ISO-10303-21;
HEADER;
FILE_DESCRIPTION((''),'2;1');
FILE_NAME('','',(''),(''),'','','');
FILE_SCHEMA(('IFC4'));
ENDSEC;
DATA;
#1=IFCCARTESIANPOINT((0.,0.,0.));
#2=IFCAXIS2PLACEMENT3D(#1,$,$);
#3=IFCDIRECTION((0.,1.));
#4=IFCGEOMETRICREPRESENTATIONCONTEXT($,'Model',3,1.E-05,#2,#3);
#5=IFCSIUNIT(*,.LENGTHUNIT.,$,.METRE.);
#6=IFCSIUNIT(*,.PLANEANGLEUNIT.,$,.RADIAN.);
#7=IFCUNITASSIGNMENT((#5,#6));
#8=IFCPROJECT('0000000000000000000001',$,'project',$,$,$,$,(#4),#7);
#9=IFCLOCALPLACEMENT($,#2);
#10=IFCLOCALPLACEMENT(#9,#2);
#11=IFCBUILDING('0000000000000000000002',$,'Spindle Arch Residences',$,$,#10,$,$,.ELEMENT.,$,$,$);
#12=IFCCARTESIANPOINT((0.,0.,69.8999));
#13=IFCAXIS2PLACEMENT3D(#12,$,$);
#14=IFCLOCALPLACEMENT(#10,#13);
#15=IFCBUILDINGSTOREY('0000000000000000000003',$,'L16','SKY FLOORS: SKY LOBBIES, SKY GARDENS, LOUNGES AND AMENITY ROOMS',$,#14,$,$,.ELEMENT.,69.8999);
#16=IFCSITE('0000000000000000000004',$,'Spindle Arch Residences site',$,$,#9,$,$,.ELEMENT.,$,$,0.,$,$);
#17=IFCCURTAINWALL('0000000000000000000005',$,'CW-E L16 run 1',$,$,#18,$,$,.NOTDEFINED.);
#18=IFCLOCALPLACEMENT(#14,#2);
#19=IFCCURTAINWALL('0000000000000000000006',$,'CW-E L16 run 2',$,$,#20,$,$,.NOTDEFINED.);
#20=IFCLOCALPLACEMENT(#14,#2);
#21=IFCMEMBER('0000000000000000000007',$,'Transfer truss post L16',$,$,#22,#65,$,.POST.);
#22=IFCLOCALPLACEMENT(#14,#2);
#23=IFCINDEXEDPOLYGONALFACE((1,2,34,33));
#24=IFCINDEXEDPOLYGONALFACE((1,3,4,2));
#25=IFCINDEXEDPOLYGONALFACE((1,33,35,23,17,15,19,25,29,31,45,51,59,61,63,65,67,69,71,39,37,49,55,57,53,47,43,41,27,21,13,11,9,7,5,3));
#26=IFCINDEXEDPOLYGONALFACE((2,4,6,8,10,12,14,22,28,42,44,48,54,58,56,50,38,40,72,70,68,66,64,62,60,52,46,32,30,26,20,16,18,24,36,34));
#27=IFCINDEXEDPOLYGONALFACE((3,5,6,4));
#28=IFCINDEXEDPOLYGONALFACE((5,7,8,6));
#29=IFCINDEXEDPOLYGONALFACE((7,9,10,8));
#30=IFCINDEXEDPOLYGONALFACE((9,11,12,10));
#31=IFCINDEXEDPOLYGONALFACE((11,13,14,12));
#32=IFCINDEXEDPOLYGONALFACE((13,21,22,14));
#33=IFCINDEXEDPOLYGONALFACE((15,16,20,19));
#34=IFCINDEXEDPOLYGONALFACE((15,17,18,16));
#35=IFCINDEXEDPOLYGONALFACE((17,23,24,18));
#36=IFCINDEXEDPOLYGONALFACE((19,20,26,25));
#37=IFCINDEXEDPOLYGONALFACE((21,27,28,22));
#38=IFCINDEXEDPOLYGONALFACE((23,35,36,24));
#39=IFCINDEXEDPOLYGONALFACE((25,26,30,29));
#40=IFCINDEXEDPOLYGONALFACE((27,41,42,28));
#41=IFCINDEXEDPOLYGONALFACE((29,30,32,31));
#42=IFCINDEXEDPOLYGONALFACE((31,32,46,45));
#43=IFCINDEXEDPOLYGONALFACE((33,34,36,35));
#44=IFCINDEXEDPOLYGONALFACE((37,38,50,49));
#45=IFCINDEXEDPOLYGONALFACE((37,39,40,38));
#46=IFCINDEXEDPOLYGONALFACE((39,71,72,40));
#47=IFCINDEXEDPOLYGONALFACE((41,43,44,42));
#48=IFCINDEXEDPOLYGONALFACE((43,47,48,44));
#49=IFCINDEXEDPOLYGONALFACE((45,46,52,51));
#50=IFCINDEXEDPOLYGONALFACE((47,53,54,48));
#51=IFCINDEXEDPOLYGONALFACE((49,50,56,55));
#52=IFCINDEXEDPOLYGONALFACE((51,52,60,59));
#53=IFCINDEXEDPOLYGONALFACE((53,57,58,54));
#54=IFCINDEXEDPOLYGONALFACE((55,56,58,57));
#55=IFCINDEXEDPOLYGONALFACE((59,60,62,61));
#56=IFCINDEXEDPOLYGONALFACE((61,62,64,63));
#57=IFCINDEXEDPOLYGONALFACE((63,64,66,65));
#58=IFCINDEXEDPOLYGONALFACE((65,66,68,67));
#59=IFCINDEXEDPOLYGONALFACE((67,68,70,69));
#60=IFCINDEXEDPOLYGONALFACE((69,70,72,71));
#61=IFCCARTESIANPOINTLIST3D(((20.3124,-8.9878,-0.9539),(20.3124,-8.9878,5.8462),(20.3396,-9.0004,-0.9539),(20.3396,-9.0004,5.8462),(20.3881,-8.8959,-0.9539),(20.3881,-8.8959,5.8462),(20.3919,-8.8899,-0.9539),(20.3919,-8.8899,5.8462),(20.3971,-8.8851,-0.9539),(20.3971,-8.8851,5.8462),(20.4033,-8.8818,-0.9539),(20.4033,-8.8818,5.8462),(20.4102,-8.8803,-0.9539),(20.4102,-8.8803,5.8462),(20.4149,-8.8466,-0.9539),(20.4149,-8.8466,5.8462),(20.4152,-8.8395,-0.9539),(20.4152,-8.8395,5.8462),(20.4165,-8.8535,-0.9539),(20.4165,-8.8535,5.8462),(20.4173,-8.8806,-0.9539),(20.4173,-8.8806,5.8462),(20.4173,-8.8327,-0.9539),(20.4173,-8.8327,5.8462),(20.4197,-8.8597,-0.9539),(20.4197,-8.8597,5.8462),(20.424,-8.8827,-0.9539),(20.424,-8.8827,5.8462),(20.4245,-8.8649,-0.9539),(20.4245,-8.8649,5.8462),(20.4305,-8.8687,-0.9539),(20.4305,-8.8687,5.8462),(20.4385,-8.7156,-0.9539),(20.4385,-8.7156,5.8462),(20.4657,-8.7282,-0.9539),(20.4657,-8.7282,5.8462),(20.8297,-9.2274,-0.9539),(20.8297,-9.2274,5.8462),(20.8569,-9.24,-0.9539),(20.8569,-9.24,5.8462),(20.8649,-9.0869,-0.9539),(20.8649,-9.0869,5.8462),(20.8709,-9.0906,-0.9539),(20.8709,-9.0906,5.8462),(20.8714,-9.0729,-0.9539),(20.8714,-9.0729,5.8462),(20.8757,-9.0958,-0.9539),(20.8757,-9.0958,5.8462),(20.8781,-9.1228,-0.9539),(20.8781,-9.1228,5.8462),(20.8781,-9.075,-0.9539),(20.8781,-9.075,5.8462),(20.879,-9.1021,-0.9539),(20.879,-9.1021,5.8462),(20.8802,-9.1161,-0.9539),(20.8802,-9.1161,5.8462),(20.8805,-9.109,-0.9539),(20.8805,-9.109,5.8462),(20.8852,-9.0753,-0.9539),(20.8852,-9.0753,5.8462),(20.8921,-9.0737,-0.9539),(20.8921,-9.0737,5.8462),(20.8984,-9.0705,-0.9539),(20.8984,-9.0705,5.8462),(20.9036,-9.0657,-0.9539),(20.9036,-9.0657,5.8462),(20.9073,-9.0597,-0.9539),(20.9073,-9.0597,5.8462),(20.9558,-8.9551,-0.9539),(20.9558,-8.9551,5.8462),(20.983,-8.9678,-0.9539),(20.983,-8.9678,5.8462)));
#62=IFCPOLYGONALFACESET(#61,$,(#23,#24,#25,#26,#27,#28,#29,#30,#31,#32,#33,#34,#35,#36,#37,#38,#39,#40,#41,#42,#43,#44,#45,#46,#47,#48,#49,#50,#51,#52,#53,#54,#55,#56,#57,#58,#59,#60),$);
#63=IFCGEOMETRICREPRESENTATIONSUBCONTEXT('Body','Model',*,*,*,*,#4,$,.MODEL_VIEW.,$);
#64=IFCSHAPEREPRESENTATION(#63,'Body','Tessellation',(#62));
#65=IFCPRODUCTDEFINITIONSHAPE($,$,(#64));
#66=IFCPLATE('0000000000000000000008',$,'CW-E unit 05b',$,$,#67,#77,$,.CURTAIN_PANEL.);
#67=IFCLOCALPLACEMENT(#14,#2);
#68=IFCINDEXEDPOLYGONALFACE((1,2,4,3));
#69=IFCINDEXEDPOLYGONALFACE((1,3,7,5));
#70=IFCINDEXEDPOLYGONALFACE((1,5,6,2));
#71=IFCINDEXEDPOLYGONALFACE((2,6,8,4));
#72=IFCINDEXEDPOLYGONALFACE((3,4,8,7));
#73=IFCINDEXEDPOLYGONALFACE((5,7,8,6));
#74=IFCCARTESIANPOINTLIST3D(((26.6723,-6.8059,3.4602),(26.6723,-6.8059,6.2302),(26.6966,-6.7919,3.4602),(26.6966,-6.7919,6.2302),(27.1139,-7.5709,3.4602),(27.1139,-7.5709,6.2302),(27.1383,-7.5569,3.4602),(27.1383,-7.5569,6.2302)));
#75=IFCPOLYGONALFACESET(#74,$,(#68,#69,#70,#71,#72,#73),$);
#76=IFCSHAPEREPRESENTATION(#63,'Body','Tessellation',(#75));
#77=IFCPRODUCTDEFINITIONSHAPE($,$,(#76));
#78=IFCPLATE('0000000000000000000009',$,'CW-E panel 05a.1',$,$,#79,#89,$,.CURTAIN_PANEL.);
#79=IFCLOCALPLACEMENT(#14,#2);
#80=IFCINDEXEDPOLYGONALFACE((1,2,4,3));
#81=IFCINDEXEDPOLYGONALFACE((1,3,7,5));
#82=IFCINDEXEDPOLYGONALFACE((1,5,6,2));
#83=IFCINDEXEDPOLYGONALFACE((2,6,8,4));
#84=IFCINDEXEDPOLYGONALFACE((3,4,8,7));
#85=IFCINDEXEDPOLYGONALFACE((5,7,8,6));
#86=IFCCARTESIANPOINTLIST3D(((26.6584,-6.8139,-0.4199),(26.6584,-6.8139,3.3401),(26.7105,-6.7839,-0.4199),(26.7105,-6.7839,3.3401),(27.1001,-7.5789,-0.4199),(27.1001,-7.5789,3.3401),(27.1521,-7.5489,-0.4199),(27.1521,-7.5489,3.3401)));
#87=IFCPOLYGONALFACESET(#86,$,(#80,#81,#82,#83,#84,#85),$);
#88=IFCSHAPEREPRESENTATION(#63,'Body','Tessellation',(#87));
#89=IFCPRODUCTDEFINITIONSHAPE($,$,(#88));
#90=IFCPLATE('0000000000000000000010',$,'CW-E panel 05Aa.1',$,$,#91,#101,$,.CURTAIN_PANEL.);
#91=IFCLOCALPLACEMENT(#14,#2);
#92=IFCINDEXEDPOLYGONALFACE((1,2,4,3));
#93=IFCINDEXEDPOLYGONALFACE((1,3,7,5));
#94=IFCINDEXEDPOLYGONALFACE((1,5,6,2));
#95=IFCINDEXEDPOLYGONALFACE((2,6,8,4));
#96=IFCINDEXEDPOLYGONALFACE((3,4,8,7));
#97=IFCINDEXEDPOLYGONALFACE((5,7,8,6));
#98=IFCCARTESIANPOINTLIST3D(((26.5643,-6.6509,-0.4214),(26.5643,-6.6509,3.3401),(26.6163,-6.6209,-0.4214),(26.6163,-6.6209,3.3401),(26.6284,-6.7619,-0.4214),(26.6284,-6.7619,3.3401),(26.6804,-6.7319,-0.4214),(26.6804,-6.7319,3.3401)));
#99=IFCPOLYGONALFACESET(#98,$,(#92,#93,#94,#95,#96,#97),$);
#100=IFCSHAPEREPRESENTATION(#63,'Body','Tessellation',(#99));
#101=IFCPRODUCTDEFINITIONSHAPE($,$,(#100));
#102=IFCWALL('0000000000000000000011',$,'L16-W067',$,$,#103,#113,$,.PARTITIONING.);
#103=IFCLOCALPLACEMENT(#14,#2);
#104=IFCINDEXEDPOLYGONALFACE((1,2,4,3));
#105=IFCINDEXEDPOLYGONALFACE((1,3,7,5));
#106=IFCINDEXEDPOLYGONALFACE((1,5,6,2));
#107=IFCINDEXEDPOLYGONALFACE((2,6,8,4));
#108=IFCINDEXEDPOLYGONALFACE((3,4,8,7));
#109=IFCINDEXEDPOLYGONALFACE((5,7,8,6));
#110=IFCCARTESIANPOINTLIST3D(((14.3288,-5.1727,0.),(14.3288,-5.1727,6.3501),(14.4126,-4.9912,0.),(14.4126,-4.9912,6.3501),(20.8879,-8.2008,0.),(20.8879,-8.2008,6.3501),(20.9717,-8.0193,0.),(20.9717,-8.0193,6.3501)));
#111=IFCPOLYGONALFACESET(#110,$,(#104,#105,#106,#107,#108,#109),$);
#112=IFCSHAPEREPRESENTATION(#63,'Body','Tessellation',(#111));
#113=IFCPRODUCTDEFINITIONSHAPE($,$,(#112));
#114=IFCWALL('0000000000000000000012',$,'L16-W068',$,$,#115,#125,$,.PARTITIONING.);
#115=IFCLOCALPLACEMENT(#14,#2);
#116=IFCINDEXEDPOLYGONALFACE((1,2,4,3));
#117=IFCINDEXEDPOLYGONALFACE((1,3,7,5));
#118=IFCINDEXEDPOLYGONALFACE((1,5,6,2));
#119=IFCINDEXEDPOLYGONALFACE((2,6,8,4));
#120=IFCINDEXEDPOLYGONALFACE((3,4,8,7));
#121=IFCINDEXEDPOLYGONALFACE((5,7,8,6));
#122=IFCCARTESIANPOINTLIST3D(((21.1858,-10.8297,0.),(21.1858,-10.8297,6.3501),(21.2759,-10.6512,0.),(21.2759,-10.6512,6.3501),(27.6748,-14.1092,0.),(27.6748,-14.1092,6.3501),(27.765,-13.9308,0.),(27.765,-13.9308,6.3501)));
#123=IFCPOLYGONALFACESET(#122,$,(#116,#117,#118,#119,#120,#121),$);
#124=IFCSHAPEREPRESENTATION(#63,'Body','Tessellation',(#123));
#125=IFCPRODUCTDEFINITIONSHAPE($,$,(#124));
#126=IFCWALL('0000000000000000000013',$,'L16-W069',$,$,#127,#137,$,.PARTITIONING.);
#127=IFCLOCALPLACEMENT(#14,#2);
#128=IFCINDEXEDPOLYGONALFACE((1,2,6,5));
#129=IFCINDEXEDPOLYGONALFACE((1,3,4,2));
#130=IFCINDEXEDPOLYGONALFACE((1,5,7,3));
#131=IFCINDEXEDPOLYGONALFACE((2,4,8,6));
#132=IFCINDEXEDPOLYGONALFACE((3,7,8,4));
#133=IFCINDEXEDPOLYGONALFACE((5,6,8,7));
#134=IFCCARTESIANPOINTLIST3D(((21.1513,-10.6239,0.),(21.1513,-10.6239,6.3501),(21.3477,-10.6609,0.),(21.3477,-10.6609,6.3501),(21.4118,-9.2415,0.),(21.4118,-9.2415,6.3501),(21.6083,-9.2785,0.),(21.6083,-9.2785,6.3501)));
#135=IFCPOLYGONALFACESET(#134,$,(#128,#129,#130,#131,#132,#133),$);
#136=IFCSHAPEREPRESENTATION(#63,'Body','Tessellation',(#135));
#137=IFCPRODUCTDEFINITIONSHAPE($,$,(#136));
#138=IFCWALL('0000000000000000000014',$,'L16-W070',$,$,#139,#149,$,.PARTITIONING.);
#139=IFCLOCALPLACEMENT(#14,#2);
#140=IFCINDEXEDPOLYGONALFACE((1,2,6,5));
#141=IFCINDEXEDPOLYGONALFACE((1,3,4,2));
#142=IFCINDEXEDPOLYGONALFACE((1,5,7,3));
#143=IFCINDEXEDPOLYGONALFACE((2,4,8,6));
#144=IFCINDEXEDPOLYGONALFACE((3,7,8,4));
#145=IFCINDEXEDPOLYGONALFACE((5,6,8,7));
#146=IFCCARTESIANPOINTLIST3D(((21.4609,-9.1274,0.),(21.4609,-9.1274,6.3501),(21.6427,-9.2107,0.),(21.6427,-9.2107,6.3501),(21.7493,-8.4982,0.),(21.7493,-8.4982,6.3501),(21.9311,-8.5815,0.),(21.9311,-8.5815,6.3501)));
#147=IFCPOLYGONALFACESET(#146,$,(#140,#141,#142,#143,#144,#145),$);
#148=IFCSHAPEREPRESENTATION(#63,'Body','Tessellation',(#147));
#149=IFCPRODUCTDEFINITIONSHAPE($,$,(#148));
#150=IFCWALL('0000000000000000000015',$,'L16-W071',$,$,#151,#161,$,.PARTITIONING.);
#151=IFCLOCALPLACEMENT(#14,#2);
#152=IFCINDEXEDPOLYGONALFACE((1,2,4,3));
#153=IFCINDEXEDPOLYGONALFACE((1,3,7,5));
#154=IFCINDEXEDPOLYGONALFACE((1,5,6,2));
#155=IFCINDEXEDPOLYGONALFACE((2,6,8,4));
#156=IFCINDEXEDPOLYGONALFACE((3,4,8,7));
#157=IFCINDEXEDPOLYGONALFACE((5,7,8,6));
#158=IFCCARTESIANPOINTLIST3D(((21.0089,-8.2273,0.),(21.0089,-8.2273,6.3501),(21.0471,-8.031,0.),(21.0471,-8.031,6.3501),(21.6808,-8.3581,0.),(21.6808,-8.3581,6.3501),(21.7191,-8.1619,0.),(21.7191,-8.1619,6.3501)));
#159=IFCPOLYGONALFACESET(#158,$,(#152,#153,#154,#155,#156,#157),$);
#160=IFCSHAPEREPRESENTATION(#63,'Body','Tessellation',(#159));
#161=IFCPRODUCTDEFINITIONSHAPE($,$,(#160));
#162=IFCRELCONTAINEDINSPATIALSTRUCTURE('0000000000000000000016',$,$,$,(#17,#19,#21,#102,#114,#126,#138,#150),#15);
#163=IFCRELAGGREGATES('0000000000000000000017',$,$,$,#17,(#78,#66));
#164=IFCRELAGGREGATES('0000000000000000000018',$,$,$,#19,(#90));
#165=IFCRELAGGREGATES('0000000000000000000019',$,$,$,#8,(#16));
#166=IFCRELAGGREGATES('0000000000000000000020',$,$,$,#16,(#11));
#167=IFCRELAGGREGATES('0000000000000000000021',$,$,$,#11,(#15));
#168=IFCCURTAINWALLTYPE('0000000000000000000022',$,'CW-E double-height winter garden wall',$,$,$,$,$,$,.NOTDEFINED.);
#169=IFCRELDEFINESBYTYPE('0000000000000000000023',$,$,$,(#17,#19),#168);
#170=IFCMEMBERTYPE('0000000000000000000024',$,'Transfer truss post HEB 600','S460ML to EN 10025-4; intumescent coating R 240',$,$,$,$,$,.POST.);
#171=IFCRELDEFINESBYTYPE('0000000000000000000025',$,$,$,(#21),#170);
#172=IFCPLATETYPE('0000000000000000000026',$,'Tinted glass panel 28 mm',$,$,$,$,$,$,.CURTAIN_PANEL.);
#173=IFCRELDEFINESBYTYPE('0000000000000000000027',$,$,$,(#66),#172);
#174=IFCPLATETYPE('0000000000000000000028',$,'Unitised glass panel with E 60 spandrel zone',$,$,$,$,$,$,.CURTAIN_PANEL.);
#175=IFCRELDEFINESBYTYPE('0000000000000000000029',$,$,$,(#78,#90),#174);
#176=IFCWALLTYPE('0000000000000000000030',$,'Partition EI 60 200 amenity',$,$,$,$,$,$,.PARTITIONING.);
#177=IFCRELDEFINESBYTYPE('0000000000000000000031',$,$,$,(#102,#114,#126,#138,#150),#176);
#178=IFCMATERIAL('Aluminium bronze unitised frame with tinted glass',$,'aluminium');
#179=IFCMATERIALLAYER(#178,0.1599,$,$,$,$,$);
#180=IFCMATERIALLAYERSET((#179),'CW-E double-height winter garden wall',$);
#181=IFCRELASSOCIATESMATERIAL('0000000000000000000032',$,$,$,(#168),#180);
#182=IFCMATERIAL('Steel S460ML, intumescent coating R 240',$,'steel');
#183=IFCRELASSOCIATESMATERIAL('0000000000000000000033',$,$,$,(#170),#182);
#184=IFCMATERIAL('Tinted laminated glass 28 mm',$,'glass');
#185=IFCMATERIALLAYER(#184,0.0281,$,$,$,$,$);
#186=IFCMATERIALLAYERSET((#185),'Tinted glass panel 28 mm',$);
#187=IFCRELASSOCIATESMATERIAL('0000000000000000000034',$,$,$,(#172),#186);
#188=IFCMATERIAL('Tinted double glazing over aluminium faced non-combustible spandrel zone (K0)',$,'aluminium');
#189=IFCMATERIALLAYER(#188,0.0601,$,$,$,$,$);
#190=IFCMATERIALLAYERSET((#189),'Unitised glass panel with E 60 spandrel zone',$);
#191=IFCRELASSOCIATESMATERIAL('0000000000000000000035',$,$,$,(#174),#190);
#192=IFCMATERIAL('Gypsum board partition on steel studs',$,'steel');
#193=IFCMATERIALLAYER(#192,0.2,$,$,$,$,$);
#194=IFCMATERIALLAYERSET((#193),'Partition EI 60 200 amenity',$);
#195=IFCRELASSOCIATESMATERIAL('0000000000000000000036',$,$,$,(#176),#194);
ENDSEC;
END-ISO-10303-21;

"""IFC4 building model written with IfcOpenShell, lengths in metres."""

from ifc_helpers import new_model, si_unit, direction, frame, frame_2d, origin, origin_2d, place, context, subcontext, project, spatial, rectangle, i_section, extrude, material, layer, layer_set, material_profile, profile_set, type_object, element, aggregate, save


model = new_model("IFC4")

# Units and contexts
model_context = context("Model", 3, precision=1e-05, world=origin(), true_north=direction((0.0, 1.0)))
body_context = subcontext(model_context, "Body", "Model", "MODEL_VIEW")
ifc_project = project(units=[si_unit("LENGTHUNIT", "METRE"), si_unit("PLANEANGLEUNIT", "RADIAN")], contexts=[model_context])

# Site, building, storey
site_placement = place(None, origin())
site = spatial("IfcSite", under=ifc_project, at=site_placement, Name="Spindle Arch Residences site", CompositionType="ELEMENT", RefElevation=0.0)
building_placement = place(site_placement, origin())
building = spatial("IfcBuilding", under=site, at=building_placement, Name="Spindle Arch Residences", CompositionType="ELEMENT")
storey_placement = place(building_placement, frame((0.0, 0.0, 69.8999)))
storey = spatial("IfcBuildingStorey", under=building, at=storey_placement, Name="L16", Description="SKY FLOORS: SKY LOBBIES, SKY GARDENS, LOUNGES AND AMENITY ROOMS", CompositionType="ELEMENT", Elevation=69.8999)

# Curtain walls
ifc_material_1 = material(Name="Aluminium bronze unitised frame with tinted glass", Category="aluminium")
ifc_layer_1 = layer(ifc_material_1, 0.1599)
ifc_layer_set_1 = layer_set([ifc_layer_1], Name="CW-E double-height winter garden wall")
curtain_wall_type = type_object("IfcCurtainWallType", Name="CW-E double-height winter garden wall", PredefinedType="NOTDEFINED", material=ifc_layer_set_1)
curtain_wall_1_placement = place(storey_placement, origin())
curtain_wall_1 = element("IfcCurtainWall", 1, at=curtain_wall_1_placement, inside=storey, type_object=curtain_wall_type, Name="CW-E L16 run 1", PredefinedType="NOTDEFINED")
curtain_wall_2_placement = place(storey_placement, origin())
curtain_wall_2 = element("IfcCurtainWall", 2, at=curtain_wall_2_placement, inside=storey, type_object=curtain_wall_type, Name="CW-E L16 run 2", PredefinedType="NOTDEFINED")

# Member
ifc_material_2 = material(Name="Steel S460ML, intumescent coating R 240", Category="steel")
ifc_material_profile_1 = material_profile(ifc_material_2, i_section(OverallWidth=0.3, OverallDepth=0.6001, WebThickness=0.0154, FlangeThickness=0.03, FilletRadius=0.0271, at=origin_2d()), Name="HEB 600")
ifc_profile_set_1 = profile_set([ifc_material_profile_1], Name="Steel S460ML, intumescent coating R 240")
member_type_1 = type_object("IfcMemberType", Name="Transfer truss post HEB 600", Description="S460ML to EN 10025-4; intumescent coating R 240", PredefinedType="POST", material=ifc_profile_set_1)
member_1_placement = place(storey_placement, frame((20.6477, -8.9778, -0.9539), z_axis=(0.0, 0.0, 1.0), x_axis=(-0.420263, -0.907402, 0.0)))
element("IfcMember", 3, at=member_1_placement, inside=storey, type_object=member_type_1, Name="Transfer truss post L16", PredefinedType="POST", context=body_context, shape_type="SweptSolid", body=[
    extrude(i_section(OverallWidth=0.3, OverallDepth=0.6001, WebThickness=0.0154, FlangeThickness=0.03, FilletRadius=0.0271, at=origin_2d()), origin(), (0.0, 0.0, 1.0), 6.8),
])

# Plates
ifc_material_3 = material(Name="Tinted laminated glass 28 mm", Category="glass")
ifc_layer_2 = layer(ifc_material_3, 0.0281)
ifc_layer_set_2 = layer_set([ifc_layer_2], Name="Tinted glass panel 28 mm")
plate_type_1 = type_object("IfcPlateType", Name="Tinted glass panel 28 mm", PredefinedType="CURTAIN_PANEL", material=ifc_layer_set_2)
plate_1_placement = place(storey_placement, frame((26.9053, -7.1814, 3.4602), z_axis=(0.0, 0.0, 1.0), x_axis=(-0.5, 0.866025, 0.0)))
plate_1 = element("IfcPlate", 4, at=plate_1_placement, type_object=plate_type_1, Name="CW-E unit 05b", PredefinedType="CURTAIN_PANEL", context=body_context, shape_type="SweptSolid", body=[
    extrude(rectangle(XDim=0.8833, YDim=0.0281, at=origin_2d()), origin(), (0.0, 0.0, 1.0), 2.77),
])
ifc_material_4 = material(Name="Tinted double glazing over aluminium faced non-combustible spandrel zone (K0)", Category="aluminium")
ifc_layer_3 = layer(ifc_material_4, 0.0601)
ifc_layer_set_3 = layer_set([ifc_layer_3], Name="Unitised glass panel with E 60 spandrel zone")
plate_type_2 = type_object("IfcPlateType", Name="Unitised glass panel with E 60 spandrel zone", PredefinedType="CURTAIN_PANEL", material=ifc_layer_set_3)
plate_2_placement = place(storey_placement, frame((26.9053, -7.1814, -0.4199), z_axis=(0.0, 0.0, 1.0), x_axis=(-0.5, 0.866025, 0.0)))
plate_2 = element("IfcPlate", 5, at=plate_2_placement, type_object=plate_type_2, Name="CW-E panel 05a.1", PredefinedType="CURTAIN_PANEL", context=body_context, shape_type="SweptSolid", body=[
    extrude(rectangle(XDim=0.8833, YDim=0.0601, at=origin_2d()), origin(), (0.0, 0.0, 1.0), 3.76),
])
aggregate(curtain_wall_1, [plate_2, plate_1])
plate_3_placement = place(storey_placement, frame((26.6223, -6.6914, -0.4214), z_axis=(0.0, 0.0, 1.0), x_axis=(-0.5, 0.866025, 0.0)))
plate_3 = element("IfcPlate", 6, at=plate_3_placement, type_object=plate_type_2, Name="CW-E panel 05Aa.1", PredefinedType="CURTAIN_PANEL", context=body_context, shape_type="SweptSolid", body=[
    extrude(rectangle(XDim=0.1282, YDim=0.0601, at=origin_2d()), origin(), (0.0, 0.0, 1.0), 3.7615),
])
aggregate(curtain_wall_2, [plate_3])

# Walls
ifc_material_5 = material(Name="Gypsum board partition on steel studs", Category="steel")
ifc_layer_4 = layer(ifc_material_5, 0.2)
ifc_layer_set_4 = layer_set([ifc_layer_4], Name="Partition EI 60 200 amenity")
wall_type = type_object("IfcWallType", Name="Partition EI 60 200 amenity", PredefinedType="PARTITIONING", material=ifc_layer_set_4)
wall_1_placement = place(storey_placement, frame((20.9299, -8.1101, 0.0), z_axis=(0.0, 0.0, 1.0), x_axis=(-0.907917, 0.41915, 0.0)))
element("IfcWall", 7, at=wall_1_placement, inside=storey, type_object=wall_type, Name="L16-W067", PredefinedType="PARTITIONING", context=body_context, shape_type="SweptSolid", body=[
    extrude(rectangle(XDim=7.2244, YDim=0.2, at=frame_2d((3.6123, 0.0))), origin(), (0.0, 0.0, 1.0), 6.3501),
])
wall_2_placement = place(storey_placement, frame((21.231, -10.7405, 0.0), z_axis=(0.0, 0.0, 1.0), x_axis=(0.892491, -0.451064, 0.0)))
element("IfcWall", 8, at=wall_2_placement, inside=storey, type_object=wall_type, Name="L16-W068", PredefinedType="PARTITIONING", context=body_context, shape_type="SweptSolid", body=[
    extrude(rectangle(XDim=7.2708, YDim=0.2, at=frame_2d((3.6353, 0.0))), origin(), (0.0, 0.0, 1.0), 6.3501),
])
wall_3_placement = place(storey_placement, frame((21.51, -9.26, 0.0), z_axis=(0.0, 0.0, 1.0), x_axis=(-0.18519, -0.982703, 0.0)))
element("IfcWall", 9, at=wall_3_placement, inside=storey, type_object=wall_type, Name="L16-W069", PredefinedType="PARTITIONING", context=body_context, shape_type="SweptSolid", body=[
    extrude(rectangle(XDim=1.4067, YDim=0.2, at=frame_2d((0.7034, 0.0))), origin(), (0.0, 0.0, 1.0), 6.3501),
])
wall_4_placement = place(storey_placement, frame((21.5518, -9.1692, 0.0), z_axis=(0.0, 0.0, 1.0), x_axis=(0.416618, 0.909082, 0.0)))
element("IfcWall", 10, at=wall_4_placement, inside=storey, type_object=wall_type, Name="L16-W070", PredefinedType="PARTITIONING", context=body_context, shape_type="SweptSolid", body=[
    extrude(rectangle(XDim=0.6921, YDim=0.2, at=frame_2d((0.3462, 0.0))), origin(), (0.0, 0.0, 1.0), 6.3501),
])
wall_5_placement = place(storey_placement, frame((21.7, -8.26, 0.0), z_axis=(0.0, 0.0, 1.0), x_axis=(-0.981556, 0.191175, 0.0)))
element("IfcWall", 11, at=wall_5_placement, inside=storey, type_object=wall_type, Name="L16-W071", PredefinedType="PARTITIONING", context=body_context, shape_type="SweptSolid", body=[
    extrude(rectangle(XDim=0.6846, YDim=0.2, at=frame_2d((0.3423, 0.0))), origin(), (0.0, 0.0, 1.0), 6.3501),
])

save(model, "model.ifc")
